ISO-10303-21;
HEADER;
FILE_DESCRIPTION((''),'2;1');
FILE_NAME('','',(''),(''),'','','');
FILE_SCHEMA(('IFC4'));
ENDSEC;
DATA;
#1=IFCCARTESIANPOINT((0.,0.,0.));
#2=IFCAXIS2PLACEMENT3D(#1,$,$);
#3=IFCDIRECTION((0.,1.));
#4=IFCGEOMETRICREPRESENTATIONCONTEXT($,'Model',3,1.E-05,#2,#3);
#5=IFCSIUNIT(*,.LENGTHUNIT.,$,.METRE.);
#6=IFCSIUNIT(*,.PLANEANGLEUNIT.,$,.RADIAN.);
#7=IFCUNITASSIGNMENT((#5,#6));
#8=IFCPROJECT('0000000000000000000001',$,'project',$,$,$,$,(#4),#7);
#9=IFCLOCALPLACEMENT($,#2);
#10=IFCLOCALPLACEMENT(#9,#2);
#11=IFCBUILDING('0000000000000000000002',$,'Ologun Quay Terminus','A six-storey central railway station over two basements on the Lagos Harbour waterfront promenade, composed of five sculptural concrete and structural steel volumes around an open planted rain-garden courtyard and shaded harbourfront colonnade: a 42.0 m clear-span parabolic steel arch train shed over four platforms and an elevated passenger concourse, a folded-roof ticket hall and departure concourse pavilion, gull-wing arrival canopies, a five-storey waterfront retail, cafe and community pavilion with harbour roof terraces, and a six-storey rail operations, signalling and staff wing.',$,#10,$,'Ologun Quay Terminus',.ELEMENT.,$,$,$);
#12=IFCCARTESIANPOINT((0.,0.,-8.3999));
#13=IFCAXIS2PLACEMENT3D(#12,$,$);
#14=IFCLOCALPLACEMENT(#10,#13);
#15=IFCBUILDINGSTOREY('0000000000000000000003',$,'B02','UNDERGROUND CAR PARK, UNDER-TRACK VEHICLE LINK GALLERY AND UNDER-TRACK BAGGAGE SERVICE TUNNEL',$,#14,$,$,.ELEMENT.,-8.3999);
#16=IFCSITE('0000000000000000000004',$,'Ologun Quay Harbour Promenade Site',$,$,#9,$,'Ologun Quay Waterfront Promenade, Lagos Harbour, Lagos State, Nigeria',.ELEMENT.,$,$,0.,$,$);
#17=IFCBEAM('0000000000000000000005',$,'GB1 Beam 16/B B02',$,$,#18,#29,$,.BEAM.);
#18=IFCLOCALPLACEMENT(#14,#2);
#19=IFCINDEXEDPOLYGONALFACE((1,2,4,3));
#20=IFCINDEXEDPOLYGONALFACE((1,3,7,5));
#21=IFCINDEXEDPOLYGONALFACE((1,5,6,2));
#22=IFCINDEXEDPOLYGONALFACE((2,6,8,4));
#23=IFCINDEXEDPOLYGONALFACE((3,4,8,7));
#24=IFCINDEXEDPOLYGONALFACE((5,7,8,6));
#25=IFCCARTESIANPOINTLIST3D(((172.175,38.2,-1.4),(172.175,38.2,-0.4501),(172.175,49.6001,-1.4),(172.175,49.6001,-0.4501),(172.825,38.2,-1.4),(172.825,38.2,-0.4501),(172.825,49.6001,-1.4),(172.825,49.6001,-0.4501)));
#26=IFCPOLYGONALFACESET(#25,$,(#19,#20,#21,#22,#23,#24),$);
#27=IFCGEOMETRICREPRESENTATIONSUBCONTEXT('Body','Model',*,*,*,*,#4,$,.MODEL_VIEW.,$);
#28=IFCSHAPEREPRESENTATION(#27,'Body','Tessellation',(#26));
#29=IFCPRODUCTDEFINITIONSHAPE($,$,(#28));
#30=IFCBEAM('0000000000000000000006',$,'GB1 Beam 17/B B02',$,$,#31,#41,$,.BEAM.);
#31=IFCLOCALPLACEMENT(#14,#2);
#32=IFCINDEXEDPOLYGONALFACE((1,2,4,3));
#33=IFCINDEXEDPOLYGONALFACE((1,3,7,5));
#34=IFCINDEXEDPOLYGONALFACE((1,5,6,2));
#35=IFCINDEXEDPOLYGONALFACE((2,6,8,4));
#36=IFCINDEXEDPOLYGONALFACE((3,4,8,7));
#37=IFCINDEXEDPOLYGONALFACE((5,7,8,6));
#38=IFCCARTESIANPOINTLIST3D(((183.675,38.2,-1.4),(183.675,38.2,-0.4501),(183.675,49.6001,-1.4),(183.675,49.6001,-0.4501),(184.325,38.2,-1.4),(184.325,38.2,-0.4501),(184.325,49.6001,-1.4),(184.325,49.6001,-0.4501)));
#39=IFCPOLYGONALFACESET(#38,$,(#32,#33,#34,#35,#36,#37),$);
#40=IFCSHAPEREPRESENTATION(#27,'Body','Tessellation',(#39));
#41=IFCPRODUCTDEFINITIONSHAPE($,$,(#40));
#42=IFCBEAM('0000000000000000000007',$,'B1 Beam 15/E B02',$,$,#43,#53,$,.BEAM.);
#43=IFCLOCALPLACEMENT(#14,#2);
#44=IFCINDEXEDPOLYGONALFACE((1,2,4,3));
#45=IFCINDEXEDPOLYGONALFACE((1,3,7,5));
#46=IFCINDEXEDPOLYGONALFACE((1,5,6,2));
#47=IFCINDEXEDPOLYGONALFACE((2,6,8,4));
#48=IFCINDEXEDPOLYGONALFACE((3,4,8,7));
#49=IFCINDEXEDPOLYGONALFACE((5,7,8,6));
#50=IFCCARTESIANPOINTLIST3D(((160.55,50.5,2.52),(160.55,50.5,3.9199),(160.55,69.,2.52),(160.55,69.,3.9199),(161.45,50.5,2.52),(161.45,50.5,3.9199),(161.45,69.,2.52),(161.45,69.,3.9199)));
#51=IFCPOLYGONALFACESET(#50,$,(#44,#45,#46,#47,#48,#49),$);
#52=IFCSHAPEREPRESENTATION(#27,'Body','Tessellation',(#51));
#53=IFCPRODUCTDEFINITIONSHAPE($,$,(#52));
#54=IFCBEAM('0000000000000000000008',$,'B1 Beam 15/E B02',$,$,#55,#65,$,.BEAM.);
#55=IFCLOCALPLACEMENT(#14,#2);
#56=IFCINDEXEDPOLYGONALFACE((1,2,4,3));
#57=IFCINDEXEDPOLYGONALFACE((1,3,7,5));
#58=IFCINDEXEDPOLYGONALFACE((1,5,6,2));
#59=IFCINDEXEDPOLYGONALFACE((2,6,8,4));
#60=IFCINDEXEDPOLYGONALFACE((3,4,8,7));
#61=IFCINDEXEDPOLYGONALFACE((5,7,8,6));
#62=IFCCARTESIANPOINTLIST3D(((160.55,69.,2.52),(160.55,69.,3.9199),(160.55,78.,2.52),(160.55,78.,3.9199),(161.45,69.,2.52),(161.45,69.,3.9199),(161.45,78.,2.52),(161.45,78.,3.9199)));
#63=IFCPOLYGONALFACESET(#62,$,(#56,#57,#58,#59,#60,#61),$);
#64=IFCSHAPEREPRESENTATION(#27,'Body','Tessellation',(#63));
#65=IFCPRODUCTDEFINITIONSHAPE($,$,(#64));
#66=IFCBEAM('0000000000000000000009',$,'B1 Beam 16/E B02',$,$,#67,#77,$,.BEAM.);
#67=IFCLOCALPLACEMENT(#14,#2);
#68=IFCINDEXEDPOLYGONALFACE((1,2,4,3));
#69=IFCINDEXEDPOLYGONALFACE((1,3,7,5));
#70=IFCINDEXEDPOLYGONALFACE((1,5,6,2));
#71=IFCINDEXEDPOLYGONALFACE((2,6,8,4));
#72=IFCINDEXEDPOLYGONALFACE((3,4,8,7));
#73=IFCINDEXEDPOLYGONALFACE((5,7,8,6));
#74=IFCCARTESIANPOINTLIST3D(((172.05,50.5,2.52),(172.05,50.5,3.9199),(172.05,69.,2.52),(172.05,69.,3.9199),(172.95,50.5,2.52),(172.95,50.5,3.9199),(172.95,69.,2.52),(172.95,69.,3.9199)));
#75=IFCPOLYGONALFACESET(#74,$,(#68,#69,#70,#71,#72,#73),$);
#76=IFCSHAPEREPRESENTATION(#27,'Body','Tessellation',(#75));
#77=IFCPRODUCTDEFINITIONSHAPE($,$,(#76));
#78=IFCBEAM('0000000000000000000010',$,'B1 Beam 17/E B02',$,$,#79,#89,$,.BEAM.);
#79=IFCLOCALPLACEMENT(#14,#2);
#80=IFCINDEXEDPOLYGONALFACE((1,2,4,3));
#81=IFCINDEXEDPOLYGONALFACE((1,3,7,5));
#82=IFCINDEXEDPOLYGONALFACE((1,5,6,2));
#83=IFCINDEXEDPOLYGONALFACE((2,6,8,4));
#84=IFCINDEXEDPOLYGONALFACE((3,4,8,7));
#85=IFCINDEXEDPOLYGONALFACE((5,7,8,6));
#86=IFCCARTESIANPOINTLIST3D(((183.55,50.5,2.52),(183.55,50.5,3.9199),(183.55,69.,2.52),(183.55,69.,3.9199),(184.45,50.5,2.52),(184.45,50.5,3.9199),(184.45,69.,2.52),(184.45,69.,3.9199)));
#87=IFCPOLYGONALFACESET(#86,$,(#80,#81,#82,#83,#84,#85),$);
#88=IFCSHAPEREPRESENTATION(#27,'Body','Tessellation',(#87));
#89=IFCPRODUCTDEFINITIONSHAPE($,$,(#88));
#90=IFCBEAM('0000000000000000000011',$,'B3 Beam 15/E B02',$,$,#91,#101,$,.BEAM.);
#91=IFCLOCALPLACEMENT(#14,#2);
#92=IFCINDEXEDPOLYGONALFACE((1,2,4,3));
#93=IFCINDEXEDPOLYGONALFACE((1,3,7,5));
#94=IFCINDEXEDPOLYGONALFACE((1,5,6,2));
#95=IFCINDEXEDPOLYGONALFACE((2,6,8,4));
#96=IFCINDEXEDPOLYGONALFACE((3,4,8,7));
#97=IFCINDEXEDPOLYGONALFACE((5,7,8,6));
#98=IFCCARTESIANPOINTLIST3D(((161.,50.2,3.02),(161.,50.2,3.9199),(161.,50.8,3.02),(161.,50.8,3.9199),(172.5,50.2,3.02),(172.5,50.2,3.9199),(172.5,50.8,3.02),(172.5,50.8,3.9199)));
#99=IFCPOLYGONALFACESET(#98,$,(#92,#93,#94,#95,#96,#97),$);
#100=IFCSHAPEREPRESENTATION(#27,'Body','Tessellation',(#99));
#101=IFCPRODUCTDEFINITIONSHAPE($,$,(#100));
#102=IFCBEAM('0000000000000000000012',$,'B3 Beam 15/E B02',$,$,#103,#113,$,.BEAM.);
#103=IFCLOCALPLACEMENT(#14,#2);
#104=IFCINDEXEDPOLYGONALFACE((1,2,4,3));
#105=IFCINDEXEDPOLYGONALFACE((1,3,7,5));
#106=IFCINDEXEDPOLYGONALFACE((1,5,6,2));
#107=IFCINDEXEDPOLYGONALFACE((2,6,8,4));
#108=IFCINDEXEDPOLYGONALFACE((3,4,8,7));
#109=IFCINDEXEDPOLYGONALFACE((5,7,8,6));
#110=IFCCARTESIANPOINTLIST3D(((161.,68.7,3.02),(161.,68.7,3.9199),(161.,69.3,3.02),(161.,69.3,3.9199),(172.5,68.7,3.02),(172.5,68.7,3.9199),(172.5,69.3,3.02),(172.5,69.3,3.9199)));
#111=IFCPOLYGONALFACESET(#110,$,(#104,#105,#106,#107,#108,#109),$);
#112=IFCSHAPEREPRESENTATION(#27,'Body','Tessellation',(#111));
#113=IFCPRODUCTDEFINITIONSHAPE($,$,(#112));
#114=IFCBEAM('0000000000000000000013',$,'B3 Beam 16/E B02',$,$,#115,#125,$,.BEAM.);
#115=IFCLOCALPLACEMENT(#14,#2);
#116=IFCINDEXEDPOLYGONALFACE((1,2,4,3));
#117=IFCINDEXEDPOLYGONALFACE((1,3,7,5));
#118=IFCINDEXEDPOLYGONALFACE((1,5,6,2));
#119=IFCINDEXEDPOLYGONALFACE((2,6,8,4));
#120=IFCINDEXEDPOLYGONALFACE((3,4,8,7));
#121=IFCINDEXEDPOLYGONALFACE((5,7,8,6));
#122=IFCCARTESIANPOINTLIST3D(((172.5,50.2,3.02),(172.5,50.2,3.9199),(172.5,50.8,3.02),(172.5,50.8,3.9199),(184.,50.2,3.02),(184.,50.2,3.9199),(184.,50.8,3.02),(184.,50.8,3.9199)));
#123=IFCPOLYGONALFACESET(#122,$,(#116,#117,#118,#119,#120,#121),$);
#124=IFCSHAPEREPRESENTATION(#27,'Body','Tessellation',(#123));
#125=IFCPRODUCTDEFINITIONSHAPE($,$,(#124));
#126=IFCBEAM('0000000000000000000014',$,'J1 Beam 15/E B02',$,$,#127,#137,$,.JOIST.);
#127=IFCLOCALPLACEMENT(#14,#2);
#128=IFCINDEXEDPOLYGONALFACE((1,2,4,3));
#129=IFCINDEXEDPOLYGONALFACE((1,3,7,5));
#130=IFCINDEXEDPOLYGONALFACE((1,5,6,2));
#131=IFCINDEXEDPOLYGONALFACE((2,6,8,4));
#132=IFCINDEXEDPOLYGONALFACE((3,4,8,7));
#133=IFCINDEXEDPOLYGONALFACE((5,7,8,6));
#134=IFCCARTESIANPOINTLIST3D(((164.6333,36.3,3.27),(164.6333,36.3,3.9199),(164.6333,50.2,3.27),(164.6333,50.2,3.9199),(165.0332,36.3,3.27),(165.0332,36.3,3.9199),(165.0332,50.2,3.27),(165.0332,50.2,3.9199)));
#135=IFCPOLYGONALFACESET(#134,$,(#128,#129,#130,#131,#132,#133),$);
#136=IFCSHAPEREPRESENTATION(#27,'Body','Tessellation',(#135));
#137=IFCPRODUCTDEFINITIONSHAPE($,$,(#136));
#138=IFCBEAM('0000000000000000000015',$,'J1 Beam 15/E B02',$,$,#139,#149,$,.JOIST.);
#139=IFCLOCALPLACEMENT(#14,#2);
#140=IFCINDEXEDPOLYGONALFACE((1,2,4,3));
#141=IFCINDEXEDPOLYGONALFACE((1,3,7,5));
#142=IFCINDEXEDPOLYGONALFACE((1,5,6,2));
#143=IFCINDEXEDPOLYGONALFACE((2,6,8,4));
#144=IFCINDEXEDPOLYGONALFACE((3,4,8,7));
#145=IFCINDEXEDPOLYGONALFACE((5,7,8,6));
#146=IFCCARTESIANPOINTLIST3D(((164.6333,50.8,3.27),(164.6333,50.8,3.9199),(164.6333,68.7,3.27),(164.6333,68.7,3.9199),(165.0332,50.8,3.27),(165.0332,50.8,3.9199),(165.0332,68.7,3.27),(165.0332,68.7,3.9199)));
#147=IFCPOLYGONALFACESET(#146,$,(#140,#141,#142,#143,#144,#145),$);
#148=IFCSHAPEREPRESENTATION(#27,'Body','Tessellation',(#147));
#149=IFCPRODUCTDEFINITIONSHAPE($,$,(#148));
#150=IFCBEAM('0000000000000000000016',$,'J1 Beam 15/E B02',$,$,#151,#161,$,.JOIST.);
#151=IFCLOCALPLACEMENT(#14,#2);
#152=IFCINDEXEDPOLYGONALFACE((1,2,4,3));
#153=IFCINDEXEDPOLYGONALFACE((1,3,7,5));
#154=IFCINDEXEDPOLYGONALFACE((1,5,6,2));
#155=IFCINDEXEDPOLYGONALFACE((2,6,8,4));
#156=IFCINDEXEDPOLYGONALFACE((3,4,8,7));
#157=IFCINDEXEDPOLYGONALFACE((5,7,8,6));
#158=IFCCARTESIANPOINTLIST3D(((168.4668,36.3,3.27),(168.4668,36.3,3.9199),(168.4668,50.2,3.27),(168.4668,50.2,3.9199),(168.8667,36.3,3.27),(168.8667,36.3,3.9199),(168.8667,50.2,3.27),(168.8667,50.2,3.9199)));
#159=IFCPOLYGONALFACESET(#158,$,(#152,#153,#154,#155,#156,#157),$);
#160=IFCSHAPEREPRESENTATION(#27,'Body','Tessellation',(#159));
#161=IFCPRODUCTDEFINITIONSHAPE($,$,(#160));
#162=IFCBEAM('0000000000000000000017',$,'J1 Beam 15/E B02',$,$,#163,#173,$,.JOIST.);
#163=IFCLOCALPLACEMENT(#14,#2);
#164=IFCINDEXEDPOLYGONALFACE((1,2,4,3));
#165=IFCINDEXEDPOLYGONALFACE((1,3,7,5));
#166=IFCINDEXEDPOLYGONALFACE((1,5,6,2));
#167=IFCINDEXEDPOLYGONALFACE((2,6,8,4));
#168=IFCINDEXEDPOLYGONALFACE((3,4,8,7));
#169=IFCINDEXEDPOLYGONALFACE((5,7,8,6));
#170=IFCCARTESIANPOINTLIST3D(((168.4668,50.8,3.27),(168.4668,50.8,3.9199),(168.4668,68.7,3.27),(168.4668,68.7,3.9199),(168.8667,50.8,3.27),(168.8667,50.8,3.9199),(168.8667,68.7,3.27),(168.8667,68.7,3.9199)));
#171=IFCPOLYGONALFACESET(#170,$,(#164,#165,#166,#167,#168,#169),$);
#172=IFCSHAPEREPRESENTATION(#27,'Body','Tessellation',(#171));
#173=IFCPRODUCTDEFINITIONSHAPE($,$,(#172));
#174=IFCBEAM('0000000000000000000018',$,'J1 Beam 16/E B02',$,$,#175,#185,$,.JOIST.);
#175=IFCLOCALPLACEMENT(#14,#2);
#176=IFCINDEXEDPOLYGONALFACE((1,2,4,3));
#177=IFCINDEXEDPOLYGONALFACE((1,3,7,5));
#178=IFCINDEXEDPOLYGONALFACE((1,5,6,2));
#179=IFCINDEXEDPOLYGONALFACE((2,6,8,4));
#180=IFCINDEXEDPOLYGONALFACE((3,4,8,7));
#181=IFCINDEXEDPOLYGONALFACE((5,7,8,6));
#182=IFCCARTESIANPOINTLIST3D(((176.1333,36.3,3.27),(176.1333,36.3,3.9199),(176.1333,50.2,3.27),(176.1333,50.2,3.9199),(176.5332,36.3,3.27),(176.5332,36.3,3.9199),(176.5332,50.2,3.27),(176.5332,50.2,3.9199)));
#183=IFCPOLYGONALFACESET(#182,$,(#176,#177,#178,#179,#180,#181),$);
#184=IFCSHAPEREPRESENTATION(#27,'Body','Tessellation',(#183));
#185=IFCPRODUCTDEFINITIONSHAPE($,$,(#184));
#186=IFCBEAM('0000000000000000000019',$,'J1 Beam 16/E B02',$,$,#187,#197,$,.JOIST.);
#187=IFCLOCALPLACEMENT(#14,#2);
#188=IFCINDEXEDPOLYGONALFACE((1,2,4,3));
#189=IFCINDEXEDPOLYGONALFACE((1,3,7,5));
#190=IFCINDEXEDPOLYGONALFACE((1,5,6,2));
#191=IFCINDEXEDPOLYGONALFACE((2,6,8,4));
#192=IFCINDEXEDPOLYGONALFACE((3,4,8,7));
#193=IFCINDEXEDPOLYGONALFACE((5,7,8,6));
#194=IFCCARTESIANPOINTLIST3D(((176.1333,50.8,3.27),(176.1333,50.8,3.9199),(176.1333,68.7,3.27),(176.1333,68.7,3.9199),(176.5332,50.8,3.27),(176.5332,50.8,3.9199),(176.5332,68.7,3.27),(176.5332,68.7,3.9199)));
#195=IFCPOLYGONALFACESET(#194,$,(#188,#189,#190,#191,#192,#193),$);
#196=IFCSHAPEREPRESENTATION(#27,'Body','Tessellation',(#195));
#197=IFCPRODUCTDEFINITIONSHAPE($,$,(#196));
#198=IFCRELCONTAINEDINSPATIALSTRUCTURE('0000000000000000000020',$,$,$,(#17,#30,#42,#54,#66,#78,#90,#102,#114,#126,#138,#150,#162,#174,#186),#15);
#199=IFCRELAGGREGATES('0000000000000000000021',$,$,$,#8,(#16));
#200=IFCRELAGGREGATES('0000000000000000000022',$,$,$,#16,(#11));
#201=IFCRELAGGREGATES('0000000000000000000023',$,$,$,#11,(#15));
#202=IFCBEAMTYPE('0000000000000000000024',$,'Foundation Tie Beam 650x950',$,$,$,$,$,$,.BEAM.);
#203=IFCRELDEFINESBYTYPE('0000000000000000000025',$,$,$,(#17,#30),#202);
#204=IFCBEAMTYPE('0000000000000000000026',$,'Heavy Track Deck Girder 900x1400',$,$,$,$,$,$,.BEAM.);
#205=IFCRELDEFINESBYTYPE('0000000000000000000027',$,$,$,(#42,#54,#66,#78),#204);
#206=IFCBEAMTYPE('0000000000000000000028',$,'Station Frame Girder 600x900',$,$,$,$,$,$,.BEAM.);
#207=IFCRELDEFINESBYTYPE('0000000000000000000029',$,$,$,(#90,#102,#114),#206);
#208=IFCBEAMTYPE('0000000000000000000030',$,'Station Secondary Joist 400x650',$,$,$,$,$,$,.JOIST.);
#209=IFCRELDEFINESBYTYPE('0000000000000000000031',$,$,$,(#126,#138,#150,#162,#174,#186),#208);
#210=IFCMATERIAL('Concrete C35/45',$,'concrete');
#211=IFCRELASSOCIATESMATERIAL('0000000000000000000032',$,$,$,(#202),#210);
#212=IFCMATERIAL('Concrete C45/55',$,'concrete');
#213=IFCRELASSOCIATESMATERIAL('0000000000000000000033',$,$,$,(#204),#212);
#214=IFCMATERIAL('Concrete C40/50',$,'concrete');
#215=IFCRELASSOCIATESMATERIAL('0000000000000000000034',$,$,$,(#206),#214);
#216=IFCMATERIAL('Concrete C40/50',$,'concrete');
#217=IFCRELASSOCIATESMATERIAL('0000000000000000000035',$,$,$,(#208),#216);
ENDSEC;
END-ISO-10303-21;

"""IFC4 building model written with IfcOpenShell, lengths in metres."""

from ifc_helpers import new_model, si_unit, direction, frame, origin, origin_2d, place, context, subcontext, project, spatial, rectangle, extrude, material, material_profile, profile_set, type_object, element, save


model = new_model("IFC4")

# Units and contexts
model_context = context("Model", 3, precision=1e-05, world=origin(), true_north=direction((0.0, 1.0)))
body_context = subcontext(model_context, "Body", "Model", "MODEL_VIEW")
ifc_project = project(units=[si_unit("LENGTHUNIT", "METRE"), si_unit("PLANEANGLEUNIT", "RADIAN")], contexts=[model_context])

# Site, building, storey
site_placement = place(None, origin())
site = spatial("IfcSite", under=ifc_project, at=site_placement, Name="Ologun Quay Harbour Promenade Site", LongName="Ologun Quay Waterfront Promenade, Lagos Harbour, Lagos State, Nigeria", CompositionType="ELEMENT", RefElevation=0.0)
building_placement = place(site_placement, origin())
building = spatial("IfcBuilding", under=site, at=building_placement, Name="Ologun Quay Terminus", Description="A six-storey central railway station over two basements on the Lagos Harbour waterfront promenade, composed of five sculptural concrete and structural steel volumes around an open planted rain-garden courtyard and shaded harbourfront colonnade: a 42.0 m clear-span parabolic steel arch train shed over four platforms and an elevated passenger concourse, a folded-roof ticket hall and departure concourse pavilion, gull-wing arrival canopies, a five-storey waterfront retail, cafe and community pavilion with harbour roof terraces, and a six-storey rail operations, signalling and staff wing.", LongName="Ologun Quay Terminus", CompositionType="ELEMENT")
storey_placement = place(building_placement, frame((0.0, 0.0, -8.3999)))
storey = spatial("IfcBuildingStorey", under=building, at=storey_placement, Name="B02", Description="UNDERGROUND CAR PARK, UNDER-TRACK VEHICLE LINK GALLERY AND UNDER-TRACK BAGGAGE SERVICE TUNNEL", CompositionType="ELEMENT", Elevation=-8.3999)

# Beams
ifc_material_1 = material(Name="Concrete C35/45", Category="concrete")
ifc_material_profile_1 = material_profile(ifc_material_1, rectangle(XDim=0.6499, YDim=0.95, at=origin_2d()), Name="RC 650x950")
ifc_profile_set_1 = profile_set([ifc_material_profile_1], Name="Concrete C35/45")
beam_type_1 = type_object("IfcBeamType", Name="Foundation Tie Beam 650x950", PredefinedType="BEAM", material=ifc_profile_set_1)
for number, where, z_axis, x_axis, name in (
    (1, (172.5, 38.2, -0.925), (0.0, 1.0, 0.0), (-1.0, 0.0, 0.0), "GB1 Beam 16/B B02"),
    (2, (184.0, 38.2, -0.925), (0.0, 1.0, 0.0), (-1.0, 0.0, 0.0), "GB1 Beam 17/B B02"),
):
    element("IfcBeam", number, at=place(storey_placement, frame(where, z_axis=z_axis, x_axis=x_axis)), inside=storey, type_object=beam_type_1, Name=name, PredefinedType="BEAM", context=body_context, shape_type="SweptSolid", body=[
        extrude(rectangle(XDim=0.6499, YDim=0.95, at=origin_2d()), origin(), (0.0, 0.0, 1.0), 11.4001),
    ])
ifc_material_2 = material(Name="Concrete C45/55", Category="concrete")
ifc_material_profile_2 = material_profile(ifc_material_2, rectangle(XDim=0.8999, YDim=1.3999, at=origin_2d()), Name="RC 900x1400")
ifc_profile_set_2 = profile_set([ifc_material_profile_2], Name="Concrete C45/55")
beam_type_2 = type_object("IfcBeamType", Name="Heavy Track Deck Girder 900x1400", PredefinedType="BEAM", material=ifc_profile_set_2)
beam_1_placement = place(storey_placement, frame((161.0, 50.5, 3.22), z_axis=(0.0, 1.0, 0.0), x_axis=(-1.0, 0.0, 0.0)))
element("IfcBeam", 3, at=beam_1_placement, inside=storey, type_object=beam_type_2, Name="B1 Beam 15/E B02", PredefinedType="BEAM", context=body_context, shape_type="SweptSolid", body=[
    extrude(rectangle(XDim=0.8999, YDim=1.3999, at=origin_2d()), origin(), (0.0, 0.0, 1.0), 18.5),
])
beam_2_placement = place(storey_placement, frame((161.0, 69.0, 3.22), z_axis=(0.0, 1.0, 0.0), x_axis=(-1.0, 0.0, 0.0)))
element("IfcBeam", 4, at=beam_2_placement, inside=storey, type_object=beam_type_2, Name="B1 Beam 15/E B02", PredefinedType="BEAM", context=body_context, shape_type="SweptSolid", body=[
    extrude(rectangle(XDim=0.8999, YDim=1.3999, at=origin_2d()), origin(), (0.0, 0.0, 1.0), 9.0),
])
for number, where, z_axis, x_axis, name in (
    (5, (172.5, 50.5, 3.22), (0.0, 1.0, 0.0), (-1.0, 0.0, 0.0), "B1 Beam 16/E B02"),
    (6, (184.0, 50.5, 3.22), (0.0, 1.0, 0.0), (-1.0, 0.0, 0.0), "B1 Beam 17/E B02"),
):
    element("IfcBeam", number, at=place(storey_placement, frame(where, z_axis=z_axis, x_axis=x_axis)), inside=storey, type_object=beam_type_2, Name=name, PredefinedType="BEAM", context=body_context, shape_type="SweptSolid", body=[
        extrude(rectangle(XDim=0.8999, YDim=1.3999, at=origin_2d()), origin(), (0.0, 0.0, 1.0), 18.5),
    ])
ifc_material_3 = material(Name="Concrete C40/50", Category="concrete")
ifc_material_profile_3 = material_profile(ifc_material_3, rectangle(XDim=0.6001, YDim=0.8999, at=origin_2d()), Name="RC 600x900")
ifc_profile_set_3 = profile_set([ifc_material_profile_3], Name="Concrete C40/50")
beam_type_3 = type_object("IfcBeamType", Name="Station Frame Girder 600x900", PredefinedType="BEAM", material=ifc_profile_set_3)
for number, where, z_axis, x_axis, name in (
    (7, (161.0, 50.5, 3.47), (1.0, 0.0, 0.0), (0.0, 1.0, 0.0), "B3 Beam 15/E B02"),
    (8, (161.0, 69.0, 3.47), (1.0, 0.0, 0.0), (0.0, 1.0, 0.0), "B3 Beam 15/E B02"),
    (9, (172.5, 50.5, 3.47), (1.0, 0.0, 0.0), (0.0, 1.0, 0.0), "B3 Beam 16/E B02"),
):
    element("IfcBeam", number, at=place(storey_placement, frame(where, z_axis=z_axis, x_axis=x_axis)), inside=storey, type_object=beam_type_3, Name=name, PredefinedType="BEAM", context=body_context, shape_type="SweptSolid", body=[
        extrude(rectangle(XDim=0.6001, YDim=0.8999, at=origin_2d()), origin(), (0.0, 0.0, 1.0), 11.5),
    ])
ifc_material_4 = material(Name="Concrete C40/50", Category="concrete")
ifc_material_profile_4 = material_profile(ifc_material_4, rectangle(XDim=0.3999, YDim=0.6499, at=origin_2d()), Name="RC 400x650")
ifc_profile_set_4 = profile_set([ifc_material_profile_4], Name="Concrete C40/50")
beam_type_4 = type_object("IfcBeamType", Name="Station Secondary Joist 400x650", PredefinedType="JOIST", material=ifc_profile_set_4)
beam_3_placement = place(storey_placement, frame((164.8333, 36.3, 3.595), z_axis=(0.0, 1.0, 0.0), x_axis=(-1.0, 0.0, 0.0)))
element("IfcBeam", 10, at=beam_3_placement, inside=storey, type_object=beam_type_4, Name="J1 Beam 15/E B02", PredefinedType="JOIST", context=body_context, shape_type="SweptSolid", body=[
    extrude(rectangle(XDim=0.3999, YDim=0.6499, at=origin_2d()), origin(), (0.0, 0.0, 1.0), 13.8999),
])
beam_4_placement = place(storey_placement, frame((164.8333, 50.8, 3.595), z_axis=(0.0, 1.0, 0.0), x_axis=(-1.0, 0.0, 0.0)))
element("IfcBeam", 11, at=beam_4_placement, inside=storey, type_object=beam_type_4, Name="J1 Beam 15/E B02", PredefinedType="JOIST", context=body_context, shape_type="SweptSolid", body=[
    extrude(rectangle(XDim=0.3999, YDim=0.6499, at=origin_2d()), origin(), (0.0, 0.0, 1.0), 17.8999),
])
beam_5_placement = place(storey_placement, frame((168.6667, 36.3, 3.595), z_axis=(0.0, 1.0, 0.0), x_axis=(-1.0, 0.0, 0.0)))
element("IfcBeam", 12, at=beam_5_placement, inside=storey, type_object=beam_type_4, Name="J1 Beam 15/E B02", PredefinedType="JOIST", context=body_context, shape_type="SweptSolid", body=[
    extrude(rectangle(XDim=0.3999, YDim=0.6499, at=origin_2d()), origin(), (0.0, 0.0, 1.0), 13.8999),
])
beam_6_placement = place(storey_placement, frame((168.6667, 50.8, 3.595), z_axis=(0.0, 1.0, 0.0), x_axis=(-1.0, 0.0, 0.0)))
element("IfcBeam", 13, at=beam_6_placement, inside=storey, type_object=beam_type_4, Name="J1 Beam 15/E B02", PredefinedType="JOIST", context=body_context, shape_type="SweptSolid", body=[
    extrude(rectangle(XDim=0.3999, YDim=0.6499, at=origin_2d()), origin(), (0.0, 0.0, 1.0), 17.8999),
])
beam_7_placement = place(storey_placement, frame((176.3333, 36.3, 3.595), z_axis=(0.0, 1.0, 0.0), x_axis=(-1.0, 0.0, 0.0)))
element("IfcBeam", 14, at=beam_7_placement, inside=storey, type_object=beam_type_4, Name="J1 Beam 16/E B02", PredefinedType="JOIST", context=body_context, shape_type="SweptSolid", body=[
    extrude(rectangle(XDim=0.3999, YDim=0.6499, at=origin_2d()), origin(), (0.0, 0.0, 1.0), 13.8999),
])
beam_8_placement = place(storey_placement, frame((176.3333, 50.8, 3.595), z_axis=(0.0, 1.0, 0.0), x_axis=(-1.0, 0.0, 0.0)))
element("IfcBeam", 15, at=beam_8_placement, inside=storey, type_object=beam_type_4, Name="J1 Beam 16/E B02", PredefinedType="JOIST", context=body_context, shape_type="SweptSolid", body=[
    extrude(rectangle(XDim=0.3999, YDim=0.6499, at=origin_2d()), origin(), (0.0, 0.0, 1.0), 17.8999),
])

save(model, "model.ifc")
